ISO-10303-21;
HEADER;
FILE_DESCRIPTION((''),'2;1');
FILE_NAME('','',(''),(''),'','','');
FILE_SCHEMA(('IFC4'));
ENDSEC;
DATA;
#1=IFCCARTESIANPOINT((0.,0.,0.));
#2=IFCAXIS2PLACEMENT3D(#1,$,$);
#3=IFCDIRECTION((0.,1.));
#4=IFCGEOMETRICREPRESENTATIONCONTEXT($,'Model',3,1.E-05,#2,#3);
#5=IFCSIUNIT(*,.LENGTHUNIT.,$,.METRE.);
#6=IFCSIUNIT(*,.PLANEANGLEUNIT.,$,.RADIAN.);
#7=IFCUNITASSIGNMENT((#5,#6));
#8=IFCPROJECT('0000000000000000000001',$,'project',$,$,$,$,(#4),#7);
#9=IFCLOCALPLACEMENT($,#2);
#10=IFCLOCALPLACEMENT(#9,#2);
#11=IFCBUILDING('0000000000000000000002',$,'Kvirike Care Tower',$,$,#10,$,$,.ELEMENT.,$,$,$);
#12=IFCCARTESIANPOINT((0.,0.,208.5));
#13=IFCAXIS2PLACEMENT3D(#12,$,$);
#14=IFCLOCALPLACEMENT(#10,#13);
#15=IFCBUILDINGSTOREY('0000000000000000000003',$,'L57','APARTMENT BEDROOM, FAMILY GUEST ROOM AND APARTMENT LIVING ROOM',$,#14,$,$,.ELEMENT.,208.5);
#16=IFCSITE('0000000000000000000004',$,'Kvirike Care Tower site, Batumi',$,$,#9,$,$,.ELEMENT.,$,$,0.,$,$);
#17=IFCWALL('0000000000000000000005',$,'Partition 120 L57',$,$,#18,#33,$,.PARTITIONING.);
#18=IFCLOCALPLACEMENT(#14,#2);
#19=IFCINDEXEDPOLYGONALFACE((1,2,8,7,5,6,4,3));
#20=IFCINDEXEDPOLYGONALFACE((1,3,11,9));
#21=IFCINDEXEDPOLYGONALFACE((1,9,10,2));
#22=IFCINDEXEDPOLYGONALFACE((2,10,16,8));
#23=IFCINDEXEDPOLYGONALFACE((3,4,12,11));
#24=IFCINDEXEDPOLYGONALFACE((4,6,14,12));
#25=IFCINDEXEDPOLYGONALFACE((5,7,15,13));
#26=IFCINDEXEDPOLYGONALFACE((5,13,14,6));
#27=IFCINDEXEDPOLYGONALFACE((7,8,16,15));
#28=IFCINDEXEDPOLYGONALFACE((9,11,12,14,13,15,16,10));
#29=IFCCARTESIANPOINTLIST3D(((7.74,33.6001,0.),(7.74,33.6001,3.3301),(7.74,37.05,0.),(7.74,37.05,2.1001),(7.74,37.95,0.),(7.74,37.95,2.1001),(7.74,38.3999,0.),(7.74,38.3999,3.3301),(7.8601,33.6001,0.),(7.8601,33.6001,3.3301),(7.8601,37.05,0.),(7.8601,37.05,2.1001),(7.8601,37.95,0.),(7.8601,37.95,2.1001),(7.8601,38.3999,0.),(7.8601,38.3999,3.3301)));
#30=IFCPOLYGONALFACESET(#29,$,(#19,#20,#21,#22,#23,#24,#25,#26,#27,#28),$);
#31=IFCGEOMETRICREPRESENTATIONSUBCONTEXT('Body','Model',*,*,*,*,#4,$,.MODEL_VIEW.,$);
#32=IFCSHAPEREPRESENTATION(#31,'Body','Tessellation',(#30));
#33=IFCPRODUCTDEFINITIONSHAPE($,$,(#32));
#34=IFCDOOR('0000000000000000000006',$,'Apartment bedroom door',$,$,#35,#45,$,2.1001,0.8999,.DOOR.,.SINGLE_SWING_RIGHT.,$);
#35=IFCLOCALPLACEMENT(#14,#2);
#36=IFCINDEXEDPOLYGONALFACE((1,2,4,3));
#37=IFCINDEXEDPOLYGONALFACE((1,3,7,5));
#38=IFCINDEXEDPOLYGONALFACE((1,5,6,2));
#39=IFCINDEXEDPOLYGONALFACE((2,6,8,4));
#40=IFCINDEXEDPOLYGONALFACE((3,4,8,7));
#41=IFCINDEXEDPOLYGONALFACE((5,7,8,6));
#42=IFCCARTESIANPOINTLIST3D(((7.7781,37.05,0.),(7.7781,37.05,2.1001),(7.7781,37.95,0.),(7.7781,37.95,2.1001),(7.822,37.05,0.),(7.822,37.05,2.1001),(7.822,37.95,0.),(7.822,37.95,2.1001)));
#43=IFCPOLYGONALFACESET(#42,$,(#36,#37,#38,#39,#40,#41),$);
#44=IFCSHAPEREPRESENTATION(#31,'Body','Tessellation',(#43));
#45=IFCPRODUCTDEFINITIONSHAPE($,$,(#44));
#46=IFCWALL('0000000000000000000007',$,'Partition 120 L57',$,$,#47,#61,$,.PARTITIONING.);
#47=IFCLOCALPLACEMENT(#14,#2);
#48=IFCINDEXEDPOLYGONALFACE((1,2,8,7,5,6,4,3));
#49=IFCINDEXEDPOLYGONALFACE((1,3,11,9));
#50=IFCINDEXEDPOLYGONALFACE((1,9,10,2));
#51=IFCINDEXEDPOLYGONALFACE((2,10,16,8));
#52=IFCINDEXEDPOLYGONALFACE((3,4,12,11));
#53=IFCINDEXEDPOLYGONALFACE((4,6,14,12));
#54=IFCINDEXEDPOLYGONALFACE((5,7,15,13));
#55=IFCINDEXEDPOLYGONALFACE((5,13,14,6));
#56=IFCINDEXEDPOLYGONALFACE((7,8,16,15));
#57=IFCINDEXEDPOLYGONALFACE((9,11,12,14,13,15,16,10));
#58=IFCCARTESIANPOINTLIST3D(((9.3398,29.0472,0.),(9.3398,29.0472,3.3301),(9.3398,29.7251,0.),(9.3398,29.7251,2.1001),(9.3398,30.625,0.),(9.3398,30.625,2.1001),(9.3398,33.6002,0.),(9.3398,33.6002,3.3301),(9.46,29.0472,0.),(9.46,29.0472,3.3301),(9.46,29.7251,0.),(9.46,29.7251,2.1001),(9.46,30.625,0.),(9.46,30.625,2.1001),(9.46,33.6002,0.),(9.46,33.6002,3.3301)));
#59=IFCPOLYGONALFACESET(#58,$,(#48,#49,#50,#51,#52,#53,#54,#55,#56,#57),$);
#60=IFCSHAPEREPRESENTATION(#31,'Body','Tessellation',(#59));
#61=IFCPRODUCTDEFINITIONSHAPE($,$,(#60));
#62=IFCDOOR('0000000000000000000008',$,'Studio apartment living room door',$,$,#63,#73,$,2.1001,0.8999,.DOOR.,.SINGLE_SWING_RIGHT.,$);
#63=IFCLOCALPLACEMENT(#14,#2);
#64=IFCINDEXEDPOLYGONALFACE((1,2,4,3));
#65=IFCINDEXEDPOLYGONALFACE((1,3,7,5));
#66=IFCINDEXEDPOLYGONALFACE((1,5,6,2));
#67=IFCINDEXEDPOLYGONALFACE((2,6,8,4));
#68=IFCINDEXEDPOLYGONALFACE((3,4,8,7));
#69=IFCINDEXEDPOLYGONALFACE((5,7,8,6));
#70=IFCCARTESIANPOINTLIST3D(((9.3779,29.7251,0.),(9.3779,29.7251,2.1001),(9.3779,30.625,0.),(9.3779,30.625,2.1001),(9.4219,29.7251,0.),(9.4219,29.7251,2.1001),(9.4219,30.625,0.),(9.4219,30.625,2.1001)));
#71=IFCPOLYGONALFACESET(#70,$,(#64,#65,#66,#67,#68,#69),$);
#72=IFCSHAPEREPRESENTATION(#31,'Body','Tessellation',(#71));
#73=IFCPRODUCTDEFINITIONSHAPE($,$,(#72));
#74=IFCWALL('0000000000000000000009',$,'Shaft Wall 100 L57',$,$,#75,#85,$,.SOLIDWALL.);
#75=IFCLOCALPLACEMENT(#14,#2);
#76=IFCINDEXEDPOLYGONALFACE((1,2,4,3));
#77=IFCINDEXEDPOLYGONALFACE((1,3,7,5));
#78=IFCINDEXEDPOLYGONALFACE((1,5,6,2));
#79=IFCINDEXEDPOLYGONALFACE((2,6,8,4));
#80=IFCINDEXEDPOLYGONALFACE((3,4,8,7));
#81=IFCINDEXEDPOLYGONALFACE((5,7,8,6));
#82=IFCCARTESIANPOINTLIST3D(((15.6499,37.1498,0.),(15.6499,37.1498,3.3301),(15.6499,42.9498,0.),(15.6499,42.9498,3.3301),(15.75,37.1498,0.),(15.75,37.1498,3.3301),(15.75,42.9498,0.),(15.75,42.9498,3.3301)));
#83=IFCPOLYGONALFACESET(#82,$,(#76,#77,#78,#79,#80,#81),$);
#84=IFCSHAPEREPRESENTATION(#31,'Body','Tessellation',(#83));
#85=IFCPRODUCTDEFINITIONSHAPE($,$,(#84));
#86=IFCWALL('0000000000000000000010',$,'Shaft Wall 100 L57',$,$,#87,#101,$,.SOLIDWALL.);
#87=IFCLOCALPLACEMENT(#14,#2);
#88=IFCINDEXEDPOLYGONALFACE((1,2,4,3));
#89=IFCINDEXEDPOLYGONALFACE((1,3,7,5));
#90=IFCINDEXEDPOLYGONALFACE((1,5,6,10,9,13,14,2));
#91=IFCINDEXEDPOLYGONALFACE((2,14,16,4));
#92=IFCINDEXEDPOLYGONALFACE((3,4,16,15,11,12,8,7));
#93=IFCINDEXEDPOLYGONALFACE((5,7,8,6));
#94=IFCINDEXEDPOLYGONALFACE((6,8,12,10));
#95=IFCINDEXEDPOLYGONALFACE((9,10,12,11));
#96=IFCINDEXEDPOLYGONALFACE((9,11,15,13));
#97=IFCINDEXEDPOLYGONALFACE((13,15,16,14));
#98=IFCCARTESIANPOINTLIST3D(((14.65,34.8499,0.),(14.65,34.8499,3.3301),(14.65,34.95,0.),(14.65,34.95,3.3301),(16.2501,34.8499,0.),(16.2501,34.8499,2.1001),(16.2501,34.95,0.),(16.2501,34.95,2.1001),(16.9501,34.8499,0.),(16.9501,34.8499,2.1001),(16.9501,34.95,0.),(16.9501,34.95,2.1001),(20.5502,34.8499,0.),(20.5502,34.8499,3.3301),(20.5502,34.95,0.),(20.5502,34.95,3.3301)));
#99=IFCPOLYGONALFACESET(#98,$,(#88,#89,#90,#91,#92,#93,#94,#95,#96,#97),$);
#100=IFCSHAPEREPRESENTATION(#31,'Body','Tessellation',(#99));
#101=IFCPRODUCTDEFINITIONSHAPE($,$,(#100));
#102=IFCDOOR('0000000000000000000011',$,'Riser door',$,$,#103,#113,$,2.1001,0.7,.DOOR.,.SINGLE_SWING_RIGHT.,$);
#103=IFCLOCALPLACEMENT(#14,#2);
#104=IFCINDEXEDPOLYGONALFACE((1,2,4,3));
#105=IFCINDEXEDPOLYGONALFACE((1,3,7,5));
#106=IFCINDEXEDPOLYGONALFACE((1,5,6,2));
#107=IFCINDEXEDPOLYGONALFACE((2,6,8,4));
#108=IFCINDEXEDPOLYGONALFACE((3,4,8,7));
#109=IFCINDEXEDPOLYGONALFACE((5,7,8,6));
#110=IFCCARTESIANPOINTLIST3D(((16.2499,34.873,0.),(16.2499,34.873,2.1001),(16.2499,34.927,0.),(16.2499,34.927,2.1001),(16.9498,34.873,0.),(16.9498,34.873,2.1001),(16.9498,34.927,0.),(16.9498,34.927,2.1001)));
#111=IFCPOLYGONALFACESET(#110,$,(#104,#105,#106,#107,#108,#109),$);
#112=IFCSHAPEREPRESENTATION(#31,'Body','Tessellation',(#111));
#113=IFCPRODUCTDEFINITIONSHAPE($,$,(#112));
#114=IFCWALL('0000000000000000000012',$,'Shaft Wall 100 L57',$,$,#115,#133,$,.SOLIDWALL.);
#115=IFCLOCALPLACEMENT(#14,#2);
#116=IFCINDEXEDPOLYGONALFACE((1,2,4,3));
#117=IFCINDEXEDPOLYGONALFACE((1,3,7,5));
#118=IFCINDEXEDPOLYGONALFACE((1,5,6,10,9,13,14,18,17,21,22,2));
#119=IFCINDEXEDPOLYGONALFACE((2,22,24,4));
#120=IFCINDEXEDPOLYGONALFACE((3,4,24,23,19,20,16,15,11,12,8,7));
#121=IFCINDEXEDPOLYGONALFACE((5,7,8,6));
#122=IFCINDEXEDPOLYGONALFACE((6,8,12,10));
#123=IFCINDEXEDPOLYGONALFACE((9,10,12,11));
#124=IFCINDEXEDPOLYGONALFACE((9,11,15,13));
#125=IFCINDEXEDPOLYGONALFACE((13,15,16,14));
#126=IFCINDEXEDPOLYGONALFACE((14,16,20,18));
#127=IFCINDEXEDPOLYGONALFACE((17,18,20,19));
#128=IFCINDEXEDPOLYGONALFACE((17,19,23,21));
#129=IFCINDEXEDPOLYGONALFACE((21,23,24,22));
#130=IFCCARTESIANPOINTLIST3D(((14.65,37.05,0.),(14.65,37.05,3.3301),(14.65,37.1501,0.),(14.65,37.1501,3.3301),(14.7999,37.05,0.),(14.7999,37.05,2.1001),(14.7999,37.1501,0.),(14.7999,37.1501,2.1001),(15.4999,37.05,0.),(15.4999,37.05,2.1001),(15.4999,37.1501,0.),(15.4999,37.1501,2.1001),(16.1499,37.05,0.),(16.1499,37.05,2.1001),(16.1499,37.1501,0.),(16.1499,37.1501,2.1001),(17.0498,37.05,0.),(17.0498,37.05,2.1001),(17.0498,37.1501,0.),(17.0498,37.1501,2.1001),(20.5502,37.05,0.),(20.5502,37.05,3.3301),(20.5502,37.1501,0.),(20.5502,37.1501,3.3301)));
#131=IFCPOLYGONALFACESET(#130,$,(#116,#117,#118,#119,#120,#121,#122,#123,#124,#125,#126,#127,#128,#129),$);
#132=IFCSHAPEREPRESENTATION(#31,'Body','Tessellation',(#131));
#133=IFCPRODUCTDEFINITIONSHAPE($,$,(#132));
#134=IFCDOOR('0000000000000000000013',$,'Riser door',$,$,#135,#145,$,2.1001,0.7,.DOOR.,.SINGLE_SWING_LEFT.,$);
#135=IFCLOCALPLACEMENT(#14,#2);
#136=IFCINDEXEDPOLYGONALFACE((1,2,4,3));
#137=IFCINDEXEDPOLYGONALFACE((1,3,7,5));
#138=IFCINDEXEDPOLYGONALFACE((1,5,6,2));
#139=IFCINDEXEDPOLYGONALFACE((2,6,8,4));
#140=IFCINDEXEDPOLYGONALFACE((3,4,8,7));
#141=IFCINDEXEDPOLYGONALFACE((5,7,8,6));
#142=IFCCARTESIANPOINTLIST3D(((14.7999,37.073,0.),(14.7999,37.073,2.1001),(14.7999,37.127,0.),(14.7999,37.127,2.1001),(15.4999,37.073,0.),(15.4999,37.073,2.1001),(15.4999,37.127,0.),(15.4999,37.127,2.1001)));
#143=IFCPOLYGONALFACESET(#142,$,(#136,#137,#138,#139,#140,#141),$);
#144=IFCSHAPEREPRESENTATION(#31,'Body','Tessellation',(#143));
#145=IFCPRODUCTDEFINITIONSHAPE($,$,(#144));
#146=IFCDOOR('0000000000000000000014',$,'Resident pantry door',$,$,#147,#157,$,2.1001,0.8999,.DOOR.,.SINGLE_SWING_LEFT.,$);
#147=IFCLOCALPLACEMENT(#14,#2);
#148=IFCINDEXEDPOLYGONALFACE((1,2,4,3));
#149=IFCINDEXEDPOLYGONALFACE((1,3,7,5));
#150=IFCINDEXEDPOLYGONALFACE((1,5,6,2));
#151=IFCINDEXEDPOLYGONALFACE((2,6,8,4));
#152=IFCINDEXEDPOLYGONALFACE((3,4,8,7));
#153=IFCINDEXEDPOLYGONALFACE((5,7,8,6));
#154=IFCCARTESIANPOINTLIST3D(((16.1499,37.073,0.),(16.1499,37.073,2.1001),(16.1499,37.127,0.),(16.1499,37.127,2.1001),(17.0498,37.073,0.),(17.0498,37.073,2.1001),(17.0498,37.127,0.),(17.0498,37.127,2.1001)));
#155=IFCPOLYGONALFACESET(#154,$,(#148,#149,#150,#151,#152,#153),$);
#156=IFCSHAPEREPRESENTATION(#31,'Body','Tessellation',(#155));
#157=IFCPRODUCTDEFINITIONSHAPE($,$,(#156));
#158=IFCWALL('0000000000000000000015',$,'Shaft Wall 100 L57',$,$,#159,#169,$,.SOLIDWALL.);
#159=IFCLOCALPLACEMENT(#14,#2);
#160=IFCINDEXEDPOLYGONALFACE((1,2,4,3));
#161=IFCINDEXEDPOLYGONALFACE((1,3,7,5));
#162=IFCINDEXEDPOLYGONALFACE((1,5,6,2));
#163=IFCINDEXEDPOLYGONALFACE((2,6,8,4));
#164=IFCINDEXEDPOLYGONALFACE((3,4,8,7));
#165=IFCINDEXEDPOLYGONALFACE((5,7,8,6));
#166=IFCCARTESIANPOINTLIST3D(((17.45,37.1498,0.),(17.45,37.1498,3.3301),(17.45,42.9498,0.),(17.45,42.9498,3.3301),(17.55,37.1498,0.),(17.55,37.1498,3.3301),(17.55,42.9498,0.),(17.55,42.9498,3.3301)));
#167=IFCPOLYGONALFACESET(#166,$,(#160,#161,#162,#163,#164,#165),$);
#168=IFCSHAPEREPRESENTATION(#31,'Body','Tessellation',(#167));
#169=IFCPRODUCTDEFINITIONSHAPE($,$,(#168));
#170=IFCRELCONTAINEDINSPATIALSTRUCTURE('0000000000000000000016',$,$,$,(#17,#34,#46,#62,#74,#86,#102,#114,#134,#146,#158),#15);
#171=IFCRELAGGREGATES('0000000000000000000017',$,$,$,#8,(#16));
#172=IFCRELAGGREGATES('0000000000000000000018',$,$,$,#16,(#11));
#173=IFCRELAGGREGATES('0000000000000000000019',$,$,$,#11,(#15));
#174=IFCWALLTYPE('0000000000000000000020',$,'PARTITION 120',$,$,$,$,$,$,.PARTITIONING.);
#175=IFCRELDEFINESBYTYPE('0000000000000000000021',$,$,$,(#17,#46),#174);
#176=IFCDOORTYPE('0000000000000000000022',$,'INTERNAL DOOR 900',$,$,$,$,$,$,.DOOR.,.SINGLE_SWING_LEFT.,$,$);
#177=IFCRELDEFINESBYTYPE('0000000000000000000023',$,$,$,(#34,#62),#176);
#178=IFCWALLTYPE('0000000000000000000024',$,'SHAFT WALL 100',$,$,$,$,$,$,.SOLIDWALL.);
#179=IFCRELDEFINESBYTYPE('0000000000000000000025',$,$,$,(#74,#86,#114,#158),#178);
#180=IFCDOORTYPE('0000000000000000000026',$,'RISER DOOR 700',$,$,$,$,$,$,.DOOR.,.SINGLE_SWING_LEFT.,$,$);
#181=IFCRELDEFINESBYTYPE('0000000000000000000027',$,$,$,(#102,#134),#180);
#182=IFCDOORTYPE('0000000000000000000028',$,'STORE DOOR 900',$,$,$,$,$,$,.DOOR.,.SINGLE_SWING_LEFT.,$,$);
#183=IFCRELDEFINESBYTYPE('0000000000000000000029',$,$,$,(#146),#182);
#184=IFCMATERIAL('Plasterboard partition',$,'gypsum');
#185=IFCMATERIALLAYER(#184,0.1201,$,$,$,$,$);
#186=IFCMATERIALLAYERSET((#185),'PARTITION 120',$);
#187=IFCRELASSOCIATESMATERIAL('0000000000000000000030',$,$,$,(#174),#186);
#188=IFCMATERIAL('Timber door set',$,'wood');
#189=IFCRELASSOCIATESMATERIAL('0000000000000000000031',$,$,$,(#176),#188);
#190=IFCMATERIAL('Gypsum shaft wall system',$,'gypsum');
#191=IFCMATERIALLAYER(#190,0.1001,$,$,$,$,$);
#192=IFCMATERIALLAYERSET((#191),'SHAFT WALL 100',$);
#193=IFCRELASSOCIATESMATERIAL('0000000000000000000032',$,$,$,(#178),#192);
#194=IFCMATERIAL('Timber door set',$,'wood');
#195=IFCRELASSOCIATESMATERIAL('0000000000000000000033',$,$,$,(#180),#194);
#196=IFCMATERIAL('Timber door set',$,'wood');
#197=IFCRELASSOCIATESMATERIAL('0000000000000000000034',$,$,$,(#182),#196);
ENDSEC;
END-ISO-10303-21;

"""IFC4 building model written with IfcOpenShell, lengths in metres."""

from ifc_helpers import new_model, si_unit, direction, frame, frame_2d, origin, place, context, subcontext, project, spatial, rectangle, extrude, material, layer, layer_set, type_object, element, fill, save


model = new_model("IFC4")

# Units and contexts
model_context = context("Model", 3, precision=1e-05, world=origin(), true_north=direction((0.0, 1.0)))
body_context = subcontext(model_context, "Body", "Model", "MODEL_VIEW")
ifc_project = project(units=[si_unit("LENGTHUNIT", "METRE"), si_unit("PLANEANGLEUNIT", "RADIAN")], contexts=[model_context])

# Site, building, storey
site_placement = place(None, origin())
site = spatial("IfcSite", under=ifc_project, at=site_placement, Name="Kvirike Care Tower site, Batumi", CompositionType="ELEMENT", RefElevation=0.0)
building_placement = place(site_placement, origin())
building = spatial("IfcBuilding", under=site, at=building_placement, Name="Kvirike Care Tower", CompositionType="ELEMENT")
storey_placement = place(building_placement, frame((0.0, 0.0, 208.5)))
storey = spatial("IfcBuildingStorey", under=building, at=storey_placement, Name="L57", Description="APARTMENT BEDROOM, FAMILY GUEST ROOM AND APARTMENT LIVING ROOM", CompositionType="ELEMENT", Elevation=208.5)

# Walls, openings, doors
ifc_material_1 = material(Name="Plasterboard partition", Category="gypsum")
ifc_layer_1 = layer(ifc_material_1, 0.1201)
ifc_layer_set_1 = layer_set([ifc_layer_1], Name="PARTITION 120")
wall_type_1 = type_object("IfcWallType", Name="PARTITION 120", PredefinedType="PARTITIONING", material=ifc_layer_set_1)
ifc_material_2 = material(Name="Timber door set", Category="wood")
door_type_1 = type_object("IfcDoorType", Name="INTERNAL DOOR 900", OperationType="SINGLE_SWING_LEFT", PredefinedType="DOOR", material=ifc_material_2)
wall_1_placement = place(storey_placement, frame((7.8, 38.3999, 0.0), z_axis=(0.0, 0.0, 1.0), x_axis=(0.0, -1.0, 0.0)))
wall_1 = element("IfcWall", 1, at=wall_1_placement, inside=storey, type_object=wall_type_1, Name="Partition 120 L57", PredefinedType="PARTITIONING", context=body_context, shape_type="SweptSolid", body=[
    extrude(rectangle(XDim=4.7998, YDim=0.1201, at=frame_2d((2.3999, 0.0))), origin(), (0.0, 0.0, 1.0), 3.3301),
])
opening_1_placement = place(wall_1_placement, frame((0.45, 0.0, 0.0)))
opening_1 = element("IfcOpeningElement", 2, at=opening_1_placement, cuts=wall_1, PredefinedType="OPENING", context=body_context, shape_type="SweptSolid", body=[
    extrude(rectangle(XDim=0.8999, YDim=2.1001, at=frame_2d((0.45, 1.05))), frame((0.0, 0.0706, 0.0), z_axis=(0.0, -1.0, 0.0), x_axis=(1.0, 0.0, 0.0)), (0.0, 0.0, 1.0), 0.1411),
])
door_1_placement = place(opening_1_placement, origin())
door_1 = element("IfcDoor", 3, at=door_1_placement, inside=storey, type_object=door_type_1, Name="Apartment bedroom door", OperationType="SINGLE_SWING_RIGHT", OverallHeight=2.1001, OverallWidth=0.8999, PredefinedType="DOOR", context=body_context, shape_type="SweptSolid", body=[
    extrude(rectangle(XDim=0.8999, YDim=2.1001, at=frame_2d((0.45, 1.05))), frame((0.0, 0.022, 0.0), z_axis=(0.0, -1.0, 0.0), x_axis=(1.0, 0.0, 0.0)), (0.0, 0.0, 1.0), 0.0439),
])
fill(opening_1, door_1)
wall_2_placement = place(storey_placement, frame((9.3999, 33.6001, 0.0), z_axis=(0.0, 0.0, 1.0), x_axis=(0.0, -1.0, 0.0)))
wall_2 = element("IfcWall", 4, at=wall_2_placement, inside=storey, type_object=wall_type_1, Name="Partition 120 L57", PredefinedType="PARTITIONING", context=body_context, shape_type="SweptSolid", body=[
    extrude(rectangle(XDim=4.553, YDim=0.1201, at=frame_2d((2.2764, 0.0))), origin(), (0.0, 0.0, 1.0), 3.3301),
])
opening_2_placement = place(wall_2_placement, frame((2.9751, 0.0, 0.0)))
opening_2 = element("IfcOpeningElement", 5, at=opening_2_placement, cuts=wall_2, PredefinedType="OPENING", context=body_context, shape_type="SweptSolid", body=[
    extrude(rectangle(XDim=0.8999, YDim=2.1001, at=frame_2d((0.45, 1.05))), frame((0.0, 0.0706, 0.0), z_axis=(0.0, -1.0, 0.0), x_axis=(1.0, 0.0, 0.0)), (0.0, 0.0, 1.0), 0.1411),
])
door_2_placement = place(opening_2_placement, origin())
door_2 = element("IfcDoor", 6, at=door_2_placement, inside=storey, type_object=door_type_1, Name="Studio apartment living room door", OperationType="SINGLE_SWING_RIGHT", OverallHeight=2.1001, OverallWidth=0.8999, PredefinedType="DOOR", context=body_context, shape_type="SweptSolid", body=[
    extrude(rectangle(XDim=0.8999, YDim=2.1001, at=frame_2d((0.45, 1.05))), frame((0.0, 0.022, 0.0), z_axis=(0.0, -1.0, 0.0), x_axis=(1.0, 0.0, 0.0)), (0.0, 0.0, 1.0), 0.0439),
])
fill(opening_2, door_2)

# Wall
ifc_material_3 = material(Name="Gypsum shaft wall system", Category="gypsum")
ifc_layer_2 = layer(ifc_material_3, 0.1001)
ifc_layer_set_2 = layer_set([ifc_layer_2], Name="SHAFT WALL 100")
wall_type_2 = type_object("IfcWallType", Name="SHAFT WALL 100", PredefinedType="SOLIDWALL", material=ifc_layer_set_2)
wall_3_placement = place(storey_placement, frame((15.7, 37.1499, 0.0), z_axis=(0.0, 0.0, 1.0), x_axis=(0.0, 1.0, 0.0)))
element("IfcWall", 7, at=wall_3_placement, inside=storey, type_object=wall_type_2, Name="Shaft Wall 100 L57", PredefinedType="SOLIDWALL", context=body_context, shape_type="SweptSolid", body=[
    extrude(rectangle(XDim=5.8, YDim=0.1001, at=frame_2d((2.8999, 0.0))), origin(), (0.0, 0.0, 1.0), 3.3301),
])

# Wall, opening, door
wall_4_placement = place(storey_placement, frame((14.6499, 34.8999, 0.0), z_axis=(0.0, 0.0, 1.0), x_axis=(1.0, 0.0, 0.0)))
wall_4 = element("IfcWall", 8, at=wall_4_placement, inside=storey, type_object=wall_type_2, Name="Shaft Wall 100 L57", PredefinedType="SOLIDWALL", context=body_context, shape_type="SweptSolid", body=[
    extrude(rectangle(XDim=5.9001, YDim=0.1001, at=frame_2d((2.9502, 0.0))), origin(), (0.0, 0.0, 1.0), 3.3301),
])
opening_3_placement = place(wall_4_placement, frame((1.6001, 0.0, 0.0)))
opening_3 = element("IfcOpeningElement", 9, at=opening_3_placement, cuts=wall_4, PredefinedType="OPENING", context=body_context, shape_type="SweptSolid", body=[
    extrude(rectangle(XDim=0.7, YDim=2.1001, at=frame_2d((0.3501, 1.05))), frame((0.0, 0.0605, 0.0), z_axis=(0.0, -1.0, 0.0), x_axis=(1.0, 0.0, 0.0)), (0.0, 0.0, 1.0), 0.1211),
])
ifc_material_4 = material(Name="Timber door set", Category="wood")
door_type_2 = type_object("IfcDoorType", Name="RISER DOOR 700", OperationType="SINGLE_SWING_LEFT", PredefinedType="DOOR", material=ifc_material_4)
door_3_placement = place(opening_3_placement, frame((0.7, 0.0, 0.0), z_axis=(0.0, 0.0, 1.0), x_axis=(-1.0, 0.0, 0.0)))
door_3 = element("IfcDoor", 10, at=door_3_placement, inside=storey, type_object=door_type_2, Name="Riser door", OperationType="SINGLE_SWING_RIGHT", OverallHeight=2.1001, OverallWidth=0.7, PredefinedType="DOOR", context=body_context, shape_type="SweptSolid", body=[
    extrude(rectangle(XDim=0.7, YDim=2.1001, at=frame_2d((0.3501, 1.05))), frame((0.0, 0.0269, 0.0), z_axis=(0.0, -1.0, 0.0), x_axis=(1.0, 0.0, 0.0)), (0.0, 0.0, 1.0), 0.054),
])
fill(opening_3, door_3)

# Wall, openings, doors
wall_5_placement = place(storey_placement, frame((14.6499, 37.1001, 0.0), z_axis=(0.0, 0.0, 1.0), x_axis=(1.0, 0.0, 0.0)))
wall_5 = element("IfcWall", 11, at=wall_5_placement, inside=storey, type_object=wall_type_2, Name="Shaft Wall 100 L57", PredefinedType="SOLIDWALL", context=body_context, shape_type="SweptSolid", body=[
    extrude(rectangle(XDim=5.9001, YDim=0.1001, at=frame_2d((2.9502, 0.0))), origin(), (0.0, 0.0, 1.0), 3.3301),
])
opening_4_placement = place(wall_5_placement, frame((0.1499, 0.0, 0.0)))
opening_4 = element("IfcOpeningElement", 12, at=opening_4_placement, cuts=wall_5, PredefinedType="OPENING", context=body_context, shape_type="SweptSolid", body=[
    extrude(rectangle(XDim=0.7, YDim=2.1001, at=frame_2d((0.3501, 1.05))), frame((0.0, 0.0605, 0.0), z_axis=(0.0, -1.0, 0.0), x_axis=(1.0, 0.0, 0.0)), (0.0, 0.0, 1.0), 0.1211),
])
opening_5_placement = place(wall_5_placement, frame((1.5, 0.0, 0.0)))
opening_5 = element("IfcOpeningElement", 13, at=opening_5_placement, cuts=wall_5, PredefinedType="OPENING", context=body_context, shape_type="SweptSolid", body=[
    extrude(rectangle(XDim=0.8999, YDim=2.1001, at=frame_2d((0.45, 1.05))), frame((0.0, 0.0605, 0.0), z_axis=(0.0, -1.0, 0.0), x_axis=(1.0, 0.0, 0.0)), (0.0, 0.0, 1.0), 0.1211),
])
door_4_placement = place(opening_4_placement, origin())
door_4 = element("IfcDoor", 14, at=door_4_placement, inside=storey, type_object=door_type_2, Name="Riser door", OperationType="SINGLE_SWING_LEFT", OverallHeight=2.1001, OverallWidth=0.7, PredefinedType="DOOR", context=body_context, shape_type="SweptSolid", body=[
    extrude(rectangle(XDim=0.7, YDim=2.1001, at=frame_2d((0.3501, 1.05))), frame((0.0, 0.0269, 0.0), z_axis=(0.0, -1.0, 0.0), x_axis=(1.0, 0.0, 0.0)), (0.0, 0.0, 1.0), 0.054),
])
fill(opening_4, door_4)
ifc_material_5 = material(Name="Timber door set", Category="wood")
door_type_3 = type_object("IfcDoorType", Name="STORE DOOR 900", OperationType="SINGLE_SWING_LEFT", PredefinedType="DOOR", material=ifc_material_5)
door_5_placement = place(opening_5_placement, origin())
door_5 = element("IfcDoor", 15, at=door_5_placement, inside=storey, type_object=door_type_3, Name="Resident pantry door", OperationType="SINGLE_SWING_LEFT", OverallHeight=2.1001, OverallWidth=0.8999, PredefinedType="DOOR", context=body_context, shape_type="SweptSolid", body=[
    extrude(rectangle(XDim=0.8999, YDim=2.1001, at=frame_2d((0.45, 1.05))), frame((0.0, 0.0269, 0.0), z_axis=(0.0, -1.0, 0.0), x_axis=(1.0, 0.0, 0.0)), (0.0, 0.0, 1.0), 0.054),
])
fill(opening_5, door_5)

# Wall
wall_6_placement = place(storey_placement, frame((17.5, 37.1499, 0.0), z_axis=(0.0, 0.0, 1.0), x_axis=(0.0, 1.0, 0.0)))
element("IfcWall", 16, at=wall_6_placement, inside=storey, type_object=wall_type_2, Name="Shaft Wall 100 L57", PredefinedType="SOLIDWALL", context=body_context, shape_type="SweptSolid", body=[
    extrude(rectangle(XDim=5.8, YDim=0.1001, at=frame_2d((2.8999, 0.0))), origin(), (0.0, 0.0, 1.0), 3.3301),
])

save(model, "model.ifc")
